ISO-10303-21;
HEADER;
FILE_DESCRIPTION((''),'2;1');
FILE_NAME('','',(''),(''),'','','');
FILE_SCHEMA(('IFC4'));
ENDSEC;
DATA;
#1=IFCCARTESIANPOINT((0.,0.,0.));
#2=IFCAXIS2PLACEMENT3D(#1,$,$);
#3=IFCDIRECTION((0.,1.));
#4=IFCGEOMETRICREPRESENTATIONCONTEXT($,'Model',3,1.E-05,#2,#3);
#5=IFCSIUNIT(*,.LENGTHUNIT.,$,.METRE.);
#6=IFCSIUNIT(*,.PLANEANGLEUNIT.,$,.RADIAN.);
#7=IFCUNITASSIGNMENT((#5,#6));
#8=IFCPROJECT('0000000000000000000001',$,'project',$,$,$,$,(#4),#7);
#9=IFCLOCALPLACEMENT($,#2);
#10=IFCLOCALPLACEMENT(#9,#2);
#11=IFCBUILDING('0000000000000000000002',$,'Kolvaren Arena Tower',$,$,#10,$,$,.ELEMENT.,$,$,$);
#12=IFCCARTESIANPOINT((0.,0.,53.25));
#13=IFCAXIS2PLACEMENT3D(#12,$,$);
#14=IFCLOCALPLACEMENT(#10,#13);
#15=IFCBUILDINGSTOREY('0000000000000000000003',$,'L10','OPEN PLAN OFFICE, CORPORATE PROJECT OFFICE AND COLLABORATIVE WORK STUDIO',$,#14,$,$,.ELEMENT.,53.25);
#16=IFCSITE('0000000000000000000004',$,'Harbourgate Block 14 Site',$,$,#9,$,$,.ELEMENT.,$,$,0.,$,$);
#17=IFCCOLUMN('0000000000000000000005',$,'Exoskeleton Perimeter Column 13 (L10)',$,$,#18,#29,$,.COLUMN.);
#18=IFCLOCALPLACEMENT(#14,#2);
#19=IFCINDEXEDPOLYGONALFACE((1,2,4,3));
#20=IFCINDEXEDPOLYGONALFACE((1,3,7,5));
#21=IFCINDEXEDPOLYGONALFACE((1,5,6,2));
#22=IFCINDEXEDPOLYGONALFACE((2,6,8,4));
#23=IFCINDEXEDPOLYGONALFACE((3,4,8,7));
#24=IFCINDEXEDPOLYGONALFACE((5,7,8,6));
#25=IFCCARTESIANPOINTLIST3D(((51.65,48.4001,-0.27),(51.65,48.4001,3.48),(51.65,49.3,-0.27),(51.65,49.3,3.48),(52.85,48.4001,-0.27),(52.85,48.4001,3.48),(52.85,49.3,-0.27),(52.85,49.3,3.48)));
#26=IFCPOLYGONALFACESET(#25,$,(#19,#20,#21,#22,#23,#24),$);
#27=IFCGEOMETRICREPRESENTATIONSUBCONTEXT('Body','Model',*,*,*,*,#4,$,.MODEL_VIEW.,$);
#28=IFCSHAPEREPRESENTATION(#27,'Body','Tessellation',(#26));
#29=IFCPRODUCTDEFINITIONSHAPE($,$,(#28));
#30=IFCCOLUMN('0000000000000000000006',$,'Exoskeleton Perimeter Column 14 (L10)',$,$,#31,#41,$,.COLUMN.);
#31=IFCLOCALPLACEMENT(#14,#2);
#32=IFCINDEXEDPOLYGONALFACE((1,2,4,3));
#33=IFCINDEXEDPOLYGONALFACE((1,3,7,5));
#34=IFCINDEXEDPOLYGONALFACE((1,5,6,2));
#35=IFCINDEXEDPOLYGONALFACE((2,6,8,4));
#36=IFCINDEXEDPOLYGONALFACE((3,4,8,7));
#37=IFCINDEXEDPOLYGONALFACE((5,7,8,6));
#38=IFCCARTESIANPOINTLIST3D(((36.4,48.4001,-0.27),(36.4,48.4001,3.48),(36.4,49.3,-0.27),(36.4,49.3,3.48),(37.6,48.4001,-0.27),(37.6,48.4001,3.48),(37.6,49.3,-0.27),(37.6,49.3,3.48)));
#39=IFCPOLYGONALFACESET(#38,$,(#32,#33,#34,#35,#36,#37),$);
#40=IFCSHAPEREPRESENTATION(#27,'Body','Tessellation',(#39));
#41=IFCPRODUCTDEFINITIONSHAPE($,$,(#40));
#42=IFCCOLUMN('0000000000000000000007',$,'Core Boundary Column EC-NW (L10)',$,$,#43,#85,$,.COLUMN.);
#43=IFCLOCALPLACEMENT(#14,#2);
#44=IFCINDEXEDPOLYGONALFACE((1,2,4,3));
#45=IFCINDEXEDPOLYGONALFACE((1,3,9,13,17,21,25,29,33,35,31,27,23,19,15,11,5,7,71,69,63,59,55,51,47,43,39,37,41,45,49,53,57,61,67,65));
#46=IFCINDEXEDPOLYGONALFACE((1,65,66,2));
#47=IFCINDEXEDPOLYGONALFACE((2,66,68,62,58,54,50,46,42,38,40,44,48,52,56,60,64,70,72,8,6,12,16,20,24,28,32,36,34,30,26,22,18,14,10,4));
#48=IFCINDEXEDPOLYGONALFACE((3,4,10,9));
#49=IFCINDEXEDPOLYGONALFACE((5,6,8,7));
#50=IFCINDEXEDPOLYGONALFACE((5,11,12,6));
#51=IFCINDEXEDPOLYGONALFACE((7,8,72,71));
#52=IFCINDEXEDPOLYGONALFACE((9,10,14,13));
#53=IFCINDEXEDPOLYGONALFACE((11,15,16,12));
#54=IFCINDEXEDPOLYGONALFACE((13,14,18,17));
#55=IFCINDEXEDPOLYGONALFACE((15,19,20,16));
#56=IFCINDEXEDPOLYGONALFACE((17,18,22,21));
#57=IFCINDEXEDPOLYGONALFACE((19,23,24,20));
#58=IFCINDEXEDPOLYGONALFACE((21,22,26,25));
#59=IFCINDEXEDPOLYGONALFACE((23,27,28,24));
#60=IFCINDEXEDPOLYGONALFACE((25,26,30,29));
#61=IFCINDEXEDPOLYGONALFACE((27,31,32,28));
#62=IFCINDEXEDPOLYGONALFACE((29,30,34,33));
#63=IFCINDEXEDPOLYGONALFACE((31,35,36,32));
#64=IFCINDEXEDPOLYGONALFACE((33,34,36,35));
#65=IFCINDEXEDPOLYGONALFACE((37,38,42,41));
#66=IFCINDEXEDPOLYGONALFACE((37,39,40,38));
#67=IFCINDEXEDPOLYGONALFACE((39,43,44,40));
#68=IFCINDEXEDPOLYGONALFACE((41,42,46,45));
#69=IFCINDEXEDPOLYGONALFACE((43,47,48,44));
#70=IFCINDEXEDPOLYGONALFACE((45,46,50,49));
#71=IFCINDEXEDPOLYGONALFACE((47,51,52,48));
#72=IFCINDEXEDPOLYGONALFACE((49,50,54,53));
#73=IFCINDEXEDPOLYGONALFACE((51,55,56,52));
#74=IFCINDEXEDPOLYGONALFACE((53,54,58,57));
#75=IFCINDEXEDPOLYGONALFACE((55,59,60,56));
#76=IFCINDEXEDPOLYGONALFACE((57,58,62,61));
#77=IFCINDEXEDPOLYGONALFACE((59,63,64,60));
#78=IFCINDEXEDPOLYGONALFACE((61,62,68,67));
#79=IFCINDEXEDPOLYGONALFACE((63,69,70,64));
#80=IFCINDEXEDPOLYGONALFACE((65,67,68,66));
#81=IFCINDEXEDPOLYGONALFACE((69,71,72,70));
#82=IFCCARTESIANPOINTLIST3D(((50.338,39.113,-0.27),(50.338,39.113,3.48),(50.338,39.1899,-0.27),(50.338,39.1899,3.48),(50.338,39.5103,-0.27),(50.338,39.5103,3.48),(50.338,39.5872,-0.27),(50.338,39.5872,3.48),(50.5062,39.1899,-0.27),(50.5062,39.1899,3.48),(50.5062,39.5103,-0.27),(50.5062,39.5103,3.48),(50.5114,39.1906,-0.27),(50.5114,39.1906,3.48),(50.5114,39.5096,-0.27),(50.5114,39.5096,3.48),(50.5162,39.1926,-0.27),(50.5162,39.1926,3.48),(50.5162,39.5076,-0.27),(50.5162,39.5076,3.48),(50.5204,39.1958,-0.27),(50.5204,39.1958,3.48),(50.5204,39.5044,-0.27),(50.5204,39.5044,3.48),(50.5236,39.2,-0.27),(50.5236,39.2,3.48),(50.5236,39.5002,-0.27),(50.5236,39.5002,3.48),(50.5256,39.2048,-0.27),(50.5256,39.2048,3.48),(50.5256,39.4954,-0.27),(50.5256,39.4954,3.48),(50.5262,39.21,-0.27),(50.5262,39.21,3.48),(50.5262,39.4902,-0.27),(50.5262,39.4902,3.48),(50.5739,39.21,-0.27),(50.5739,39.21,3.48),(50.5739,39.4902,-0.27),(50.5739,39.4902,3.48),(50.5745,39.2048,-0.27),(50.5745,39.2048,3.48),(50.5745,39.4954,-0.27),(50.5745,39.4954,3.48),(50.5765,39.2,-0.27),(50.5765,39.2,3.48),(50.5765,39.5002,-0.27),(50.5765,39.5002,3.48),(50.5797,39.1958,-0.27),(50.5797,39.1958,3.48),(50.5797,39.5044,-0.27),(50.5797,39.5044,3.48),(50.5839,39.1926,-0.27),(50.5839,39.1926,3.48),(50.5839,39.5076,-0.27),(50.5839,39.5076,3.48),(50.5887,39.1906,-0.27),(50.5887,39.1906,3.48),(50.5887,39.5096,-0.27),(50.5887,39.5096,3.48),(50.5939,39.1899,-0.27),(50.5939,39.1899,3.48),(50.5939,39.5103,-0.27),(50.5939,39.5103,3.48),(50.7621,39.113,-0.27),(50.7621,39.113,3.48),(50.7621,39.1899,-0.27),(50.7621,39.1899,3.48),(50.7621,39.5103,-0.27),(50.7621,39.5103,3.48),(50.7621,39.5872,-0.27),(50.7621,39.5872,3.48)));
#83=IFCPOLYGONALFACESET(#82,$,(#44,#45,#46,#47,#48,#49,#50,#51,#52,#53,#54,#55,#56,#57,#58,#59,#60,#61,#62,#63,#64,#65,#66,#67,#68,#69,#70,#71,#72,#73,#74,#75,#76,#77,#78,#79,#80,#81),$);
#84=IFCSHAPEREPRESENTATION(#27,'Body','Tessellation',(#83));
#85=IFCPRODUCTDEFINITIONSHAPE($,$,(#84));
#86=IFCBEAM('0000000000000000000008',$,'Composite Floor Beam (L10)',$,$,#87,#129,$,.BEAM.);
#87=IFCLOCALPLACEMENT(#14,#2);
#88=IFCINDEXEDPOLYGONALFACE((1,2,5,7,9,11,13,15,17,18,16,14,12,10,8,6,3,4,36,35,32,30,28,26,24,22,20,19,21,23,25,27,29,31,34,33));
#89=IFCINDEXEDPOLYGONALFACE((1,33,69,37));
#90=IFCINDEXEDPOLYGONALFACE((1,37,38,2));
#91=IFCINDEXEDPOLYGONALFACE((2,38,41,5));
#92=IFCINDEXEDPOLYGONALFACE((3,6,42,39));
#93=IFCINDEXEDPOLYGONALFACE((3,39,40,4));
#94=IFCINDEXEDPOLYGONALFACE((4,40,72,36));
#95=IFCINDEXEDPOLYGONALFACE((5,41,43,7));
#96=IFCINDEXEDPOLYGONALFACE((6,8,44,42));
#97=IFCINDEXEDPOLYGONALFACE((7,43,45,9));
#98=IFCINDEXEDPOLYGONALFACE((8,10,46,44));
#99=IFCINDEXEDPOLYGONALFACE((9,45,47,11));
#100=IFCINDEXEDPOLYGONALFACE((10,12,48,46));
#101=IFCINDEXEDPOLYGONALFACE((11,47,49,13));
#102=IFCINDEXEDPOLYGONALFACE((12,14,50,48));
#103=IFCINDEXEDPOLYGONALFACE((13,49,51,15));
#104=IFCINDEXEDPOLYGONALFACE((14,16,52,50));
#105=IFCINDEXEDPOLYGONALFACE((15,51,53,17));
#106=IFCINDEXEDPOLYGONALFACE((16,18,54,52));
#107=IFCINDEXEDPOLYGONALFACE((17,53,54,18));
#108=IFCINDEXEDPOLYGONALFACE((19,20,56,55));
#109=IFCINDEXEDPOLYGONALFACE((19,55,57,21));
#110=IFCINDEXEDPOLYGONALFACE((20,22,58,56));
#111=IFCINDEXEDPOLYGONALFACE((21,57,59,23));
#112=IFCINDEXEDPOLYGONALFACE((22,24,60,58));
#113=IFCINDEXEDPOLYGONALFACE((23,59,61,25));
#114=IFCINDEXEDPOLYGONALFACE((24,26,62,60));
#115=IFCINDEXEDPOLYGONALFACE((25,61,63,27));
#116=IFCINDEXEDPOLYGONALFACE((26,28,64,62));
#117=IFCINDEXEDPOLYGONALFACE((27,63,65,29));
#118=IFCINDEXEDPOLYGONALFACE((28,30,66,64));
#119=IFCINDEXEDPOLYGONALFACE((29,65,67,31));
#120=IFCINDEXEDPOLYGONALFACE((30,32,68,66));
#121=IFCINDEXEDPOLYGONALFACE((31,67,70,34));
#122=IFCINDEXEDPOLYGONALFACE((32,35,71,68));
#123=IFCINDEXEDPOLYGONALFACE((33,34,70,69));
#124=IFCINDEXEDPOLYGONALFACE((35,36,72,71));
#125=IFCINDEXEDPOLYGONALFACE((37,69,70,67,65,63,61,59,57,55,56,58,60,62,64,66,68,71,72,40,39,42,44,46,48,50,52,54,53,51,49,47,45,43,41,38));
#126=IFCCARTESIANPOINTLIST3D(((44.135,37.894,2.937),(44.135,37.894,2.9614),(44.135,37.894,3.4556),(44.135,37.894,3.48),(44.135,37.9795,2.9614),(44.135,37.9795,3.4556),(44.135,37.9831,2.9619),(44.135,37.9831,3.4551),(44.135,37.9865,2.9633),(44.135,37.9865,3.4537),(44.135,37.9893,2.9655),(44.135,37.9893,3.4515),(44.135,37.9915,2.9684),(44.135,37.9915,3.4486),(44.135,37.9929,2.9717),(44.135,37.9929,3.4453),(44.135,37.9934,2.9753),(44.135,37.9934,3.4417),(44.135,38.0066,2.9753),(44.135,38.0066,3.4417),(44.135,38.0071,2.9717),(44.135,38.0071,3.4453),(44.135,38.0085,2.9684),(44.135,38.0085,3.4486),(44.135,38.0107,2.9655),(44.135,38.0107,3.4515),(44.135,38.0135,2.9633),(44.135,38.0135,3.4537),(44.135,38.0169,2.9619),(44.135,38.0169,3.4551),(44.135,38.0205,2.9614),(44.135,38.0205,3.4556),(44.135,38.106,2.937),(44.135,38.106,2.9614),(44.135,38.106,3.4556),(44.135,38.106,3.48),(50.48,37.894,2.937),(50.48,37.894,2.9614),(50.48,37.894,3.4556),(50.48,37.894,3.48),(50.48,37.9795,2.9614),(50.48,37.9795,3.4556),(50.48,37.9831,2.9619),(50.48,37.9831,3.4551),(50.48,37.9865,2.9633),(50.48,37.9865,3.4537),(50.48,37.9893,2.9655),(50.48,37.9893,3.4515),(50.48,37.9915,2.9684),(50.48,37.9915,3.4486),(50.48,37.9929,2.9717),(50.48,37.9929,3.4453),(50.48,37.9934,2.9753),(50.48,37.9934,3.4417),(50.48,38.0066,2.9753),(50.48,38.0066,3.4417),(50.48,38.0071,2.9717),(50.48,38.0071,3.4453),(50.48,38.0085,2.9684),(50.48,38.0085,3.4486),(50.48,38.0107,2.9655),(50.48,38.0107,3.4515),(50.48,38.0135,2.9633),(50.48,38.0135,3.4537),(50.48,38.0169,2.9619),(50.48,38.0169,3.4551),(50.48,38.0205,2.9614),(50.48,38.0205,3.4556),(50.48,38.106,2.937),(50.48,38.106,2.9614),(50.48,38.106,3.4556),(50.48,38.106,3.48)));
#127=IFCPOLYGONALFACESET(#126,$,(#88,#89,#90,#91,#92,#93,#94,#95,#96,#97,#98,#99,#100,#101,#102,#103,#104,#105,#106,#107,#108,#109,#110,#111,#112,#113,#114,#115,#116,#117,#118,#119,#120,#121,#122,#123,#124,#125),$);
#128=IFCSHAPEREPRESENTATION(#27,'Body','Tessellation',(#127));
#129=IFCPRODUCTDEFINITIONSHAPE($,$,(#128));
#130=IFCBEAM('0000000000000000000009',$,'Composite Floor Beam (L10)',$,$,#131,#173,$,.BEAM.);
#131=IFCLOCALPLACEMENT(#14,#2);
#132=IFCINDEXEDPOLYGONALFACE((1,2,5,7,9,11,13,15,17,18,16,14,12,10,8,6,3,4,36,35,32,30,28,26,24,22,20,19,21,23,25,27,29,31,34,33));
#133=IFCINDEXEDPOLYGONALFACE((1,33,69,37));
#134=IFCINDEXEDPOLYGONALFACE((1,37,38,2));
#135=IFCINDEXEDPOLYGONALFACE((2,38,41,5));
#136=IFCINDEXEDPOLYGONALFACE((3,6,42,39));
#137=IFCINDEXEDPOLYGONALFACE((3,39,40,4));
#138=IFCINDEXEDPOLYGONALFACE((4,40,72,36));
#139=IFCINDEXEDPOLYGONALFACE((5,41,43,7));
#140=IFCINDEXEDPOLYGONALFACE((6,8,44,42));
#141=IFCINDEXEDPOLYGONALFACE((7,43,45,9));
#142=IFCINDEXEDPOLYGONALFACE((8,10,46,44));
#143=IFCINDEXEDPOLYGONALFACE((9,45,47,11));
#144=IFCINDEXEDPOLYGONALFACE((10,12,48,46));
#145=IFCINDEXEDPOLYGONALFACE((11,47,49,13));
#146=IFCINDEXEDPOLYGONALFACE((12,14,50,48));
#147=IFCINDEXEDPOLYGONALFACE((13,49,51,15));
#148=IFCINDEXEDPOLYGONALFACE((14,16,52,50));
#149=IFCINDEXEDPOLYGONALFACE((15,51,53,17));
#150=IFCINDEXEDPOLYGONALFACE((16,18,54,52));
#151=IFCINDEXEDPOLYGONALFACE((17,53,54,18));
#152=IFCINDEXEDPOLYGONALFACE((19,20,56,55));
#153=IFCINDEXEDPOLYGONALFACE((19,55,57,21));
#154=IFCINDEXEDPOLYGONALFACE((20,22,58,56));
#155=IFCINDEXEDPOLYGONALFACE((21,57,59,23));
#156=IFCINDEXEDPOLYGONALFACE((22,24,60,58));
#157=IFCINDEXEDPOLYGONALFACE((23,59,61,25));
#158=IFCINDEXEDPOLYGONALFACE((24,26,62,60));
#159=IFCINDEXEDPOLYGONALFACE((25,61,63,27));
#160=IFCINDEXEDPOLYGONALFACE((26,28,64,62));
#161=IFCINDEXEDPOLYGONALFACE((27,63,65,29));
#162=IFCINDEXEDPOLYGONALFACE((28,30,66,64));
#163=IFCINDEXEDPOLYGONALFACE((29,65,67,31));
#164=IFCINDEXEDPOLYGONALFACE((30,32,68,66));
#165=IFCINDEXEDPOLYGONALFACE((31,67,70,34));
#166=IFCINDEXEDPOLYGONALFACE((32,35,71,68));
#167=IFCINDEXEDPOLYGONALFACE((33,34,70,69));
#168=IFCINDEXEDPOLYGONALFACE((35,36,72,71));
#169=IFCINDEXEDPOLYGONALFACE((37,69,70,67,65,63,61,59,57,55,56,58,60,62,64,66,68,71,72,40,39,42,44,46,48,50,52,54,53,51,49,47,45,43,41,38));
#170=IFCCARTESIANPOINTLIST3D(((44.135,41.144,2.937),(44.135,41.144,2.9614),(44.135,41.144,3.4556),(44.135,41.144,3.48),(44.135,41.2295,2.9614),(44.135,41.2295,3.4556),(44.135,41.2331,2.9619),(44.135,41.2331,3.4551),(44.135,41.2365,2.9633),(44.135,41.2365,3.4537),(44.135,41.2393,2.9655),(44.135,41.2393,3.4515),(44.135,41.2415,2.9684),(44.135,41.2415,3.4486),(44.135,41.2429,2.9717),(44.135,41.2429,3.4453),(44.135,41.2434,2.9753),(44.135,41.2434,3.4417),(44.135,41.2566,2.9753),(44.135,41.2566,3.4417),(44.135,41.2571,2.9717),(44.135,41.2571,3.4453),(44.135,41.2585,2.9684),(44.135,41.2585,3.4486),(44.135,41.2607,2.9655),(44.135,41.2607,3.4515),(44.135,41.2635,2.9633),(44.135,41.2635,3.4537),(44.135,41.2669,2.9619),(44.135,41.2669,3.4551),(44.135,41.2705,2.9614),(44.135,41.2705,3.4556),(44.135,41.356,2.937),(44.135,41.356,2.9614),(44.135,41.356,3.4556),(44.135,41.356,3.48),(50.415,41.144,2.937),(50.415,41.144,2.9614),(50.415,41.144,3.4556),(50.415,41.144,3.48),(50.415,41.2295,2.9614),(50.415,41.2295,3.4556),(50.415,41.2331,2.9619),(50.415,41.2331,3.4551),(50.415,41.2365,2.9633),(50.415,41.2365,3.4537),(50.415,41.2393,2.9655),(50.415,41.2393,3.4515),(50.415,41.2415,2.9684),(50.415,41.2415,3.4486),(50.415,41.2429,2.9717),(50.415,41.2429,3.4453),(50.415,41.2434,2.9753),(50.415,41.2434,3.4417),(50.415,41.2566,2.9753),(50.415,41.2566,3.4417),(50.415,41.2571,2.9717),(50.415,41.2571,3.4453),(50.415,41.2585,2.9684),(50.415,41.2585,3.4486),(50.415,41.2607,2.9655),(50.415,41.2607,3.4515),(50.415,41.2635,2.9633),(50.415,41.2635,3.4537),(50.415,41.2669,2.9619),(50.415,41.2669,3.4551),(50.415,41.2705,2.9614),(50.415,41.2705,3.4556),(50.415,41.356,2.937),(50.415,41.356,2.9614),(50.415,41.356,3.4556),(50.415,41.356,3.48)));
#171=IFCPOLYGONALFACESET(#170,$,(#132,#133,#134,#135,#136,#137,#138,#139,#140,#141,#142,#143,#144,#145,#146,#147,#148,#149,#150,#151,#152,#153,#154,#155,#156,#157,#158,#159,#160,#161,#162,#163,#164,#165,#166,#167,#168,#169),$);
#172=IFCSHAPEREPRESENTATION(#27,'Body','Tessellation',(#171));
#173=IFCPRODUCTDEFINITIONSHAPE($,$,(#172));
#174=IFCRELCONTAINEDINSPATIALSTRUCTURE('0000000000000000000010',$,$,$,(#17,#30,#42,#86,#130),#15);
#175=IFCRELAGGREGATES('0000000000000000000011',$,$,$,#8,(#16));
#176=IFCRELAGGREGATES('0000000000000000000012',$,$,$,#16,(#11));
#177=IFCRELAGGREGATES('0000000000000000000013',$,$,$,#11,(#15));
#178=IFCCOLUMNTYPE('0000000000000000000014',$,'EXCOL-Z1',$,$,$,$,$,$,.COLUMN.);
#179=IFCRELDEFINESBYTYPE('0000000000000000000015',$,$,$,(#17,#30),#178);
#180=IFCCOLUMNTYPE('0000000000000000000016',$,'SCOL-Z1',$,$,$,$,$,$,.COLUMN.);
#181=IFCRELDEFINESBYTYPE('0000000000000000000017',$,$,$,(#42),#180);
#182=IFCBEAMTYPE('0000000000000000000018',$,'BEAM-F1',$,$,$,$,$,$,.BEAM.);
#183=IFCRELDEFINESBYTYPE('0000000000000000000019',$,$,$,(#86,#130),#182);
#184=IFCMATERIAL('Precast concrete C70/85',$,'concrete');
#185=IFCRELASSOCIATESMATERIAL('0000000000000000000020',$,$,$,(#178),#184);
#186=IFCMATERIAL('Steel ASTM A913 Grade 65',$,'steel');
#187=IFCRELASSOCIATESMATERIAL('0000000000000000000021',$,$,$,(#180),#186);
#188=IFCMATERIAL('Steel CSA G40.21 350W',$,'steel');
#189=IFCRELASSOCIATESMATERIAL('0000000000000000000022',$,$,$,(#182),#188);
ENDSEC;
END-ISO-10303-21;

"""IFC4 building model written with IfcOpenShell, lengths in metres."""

from ifc_helpers import new_model, si_unit, direction, frame, origin, origin_2d, place, context, subcontext, project, spatial, rectangle, i_section, extrude, material, material_profile, profile_set, type_object, element, save


model = new_model("IFC4")

# Units and contexts
model_context = context("Model", 3, precision=1e-05, world=origin(), true_north=direction((0.0, 1.0)))
body_context = subcontext(model_context, "Body", "Model", "MODEL_VIEW")
ifc_project = project(units=[si_unit("LENGTHUNIT", "METRE"), si_unit("PLANEANGLEUNIT", "RADIAN")], contexts=[model_context])

# Site, building, storey
site_placement = place(None, origin())
site = spatial("IfcSite", under=ifc_project, at=site_placement, Name="Harbourgate Block 14 Site", CompositionType="ELEMENT", RefElevation=0.0)
building_placement = place(site_placement, origin())
building = spatial("IfcBuilding", under=site, at=building_placement, Name="Kolvaren Arena Tower", CompositionType="ELEMENT")
storey_placement = place(building_placement, frame((0.0, 0.0, 53.25)))
storey = spatial("IfcBuildingStorey", under=building, at=storey_placement, Name="L10", Description="OPEN PLAN OFFICE, CORPORATE PROJECT OFFICE AND COLLABORATIVE WORK STUDIO", CompositionType="ELEMENT", Elevation=53.25)

# Columns
ifc_material_1 = material(Name="Precast concrete C70/85", Category="concrete")
ifc_material_profile_1 = material_profile(ifc_material_1, rectangle(XDim=1.2, YDim=0.8999, at=origin_2d()), Name="RC-1200x900")
ifc_profile_set_1 = profile_set([ifc_material_profile_1], Name="Precast concrete C70/85")
column_type_1 = type_object("IfcColumnType", Name="EXCOL-Z1", PredefinedType="COLUMN", material=ifc_profile_set_1)
for number, where, z_axis, x_axis, name in (
    (1, (52.25, 48.8501, -0.27), (0.0, 0.0, 1.0), (1.0, 0.0, 0.0), "Exoskeleton Perimeter Column 13 (L10)"),
    (2, (37.0, 48.8501, -0.27), (0.0, 0.0, 1.0), (1.0, 0.0, 0.0), "Exoskeleton Perimeter Column 14 (L10)"),
):
    element("IfcColumn", number, at=place(storey_placement, frame(where, z_axis=z_axis, x_axis=x_axis)), inside=storey, type_object=column_type_1, Name=name, PredefinedType="COLUMN", context=body_context, shape_type="SweptSolid", body=[
        extrude(rectangle(XDim=1.2, YDim=0.8999, at=origin_2d()), origin(), (0.0, 0.0, 1.0), 3.75),
    ])
ifc_material_2 = material(Name="Steel ASTM A913 Grade 65", Category="steel")
ifc_material_profile_2 = material_profile(ifc_material_2, i_section(OverallWidth=0.4241, OverallDepth=0.4741, WebThickness=0.0476, FlangeThickness=0.0769, FilletRadius=0.02, at=origin_2d()), Name="W360x634")
ifc_profile_set_2 = profile_set([ifc_material_profile_2], Name="Steel ASTM A913 Grade 65")
column_type_2 = type_object("IfcColumnType", Name="SCOL-Z1", PredefinedType="COLUMN", material=ifc_profile_set_2)
column_placement = place(storey_placement, frame((50.55, 39.3501, -0.27), z_axis=(0.0, 0.0, 1.0), x_axis=(1.0, 0.0, 0.0)))
element("IfcColumn", 3, at=column_placement, inside=storey, type_object=column_type_2, Name="Core Boundary Column EC-NW (L10)", PredefinedType="COLUMN", context=body_context, shape_type="SweptSolid", body=[
    extrude(i_section(OverallWidth=0.4241, OverallDepth=0.4741, WebThickness=0.0476, FlangeThickness=0.0769, FilletRadius=0.02, at=origin_2d()), origin(), (0.0, 0.0, 1.0), 3.75),
])

# Beams
ifc_material_3 = material(Name="Steel CSA G40.21 350W", Category="steel")
ifc_material_profile_3 = material_profile(ifc_material_3, i_section(OverallWidth=0.2119, OverallDepth=0.543, WebThickness=0.0132, FlangeThickness=0.0244, FilletRadius=0.0139, at=origin_2d()), Name="W530x150")
ifc_profile_set_3 = profile_set([ifc_material_profile_3], Name="Steel CSA G40.21 350W")
beam_type_1 = type_object("IfcBeamType", Name="BEAM-F1", PredefinedType="BEAM", material=ifc_profile_set_3)
beam_1_placement = place(storey_placement, frame((44.135, 38.0, 3.2085), z_axis=(1.0, 0.0, 0.0), x_axis=(0.0, 1.0, 0.0)))
element("IfcBeam", 4, at=beam_1_placement, inside=storey, type_object=beam_type_1, Name="Composite Floor Beam (L10)", PredefinedType="BEAM", context=body_context, shape_type="SweptSolid", body=[
    extrude(i_section(OverallWidth=0.2119, OverallDepth=0.543, WebThickness=0.0132, FlangeThickness=0.0244, FilletRadius=0.0139, at=origin_2d()), origin(), (0.0, 0.0, 1.0), 6.345),
])
beam_2_placement = place(storey_placement, frame((44.135, 41.25, 3.2085), z_axis=(1.0, 0.0, 0.0), x_axis=(0.0, 1.0, 0.0)))
element("IfcBeam", 5, at=beam_2_placement, inside=storey, type_object=beam_type_1, Name="Composite Floor Beam (L10)", PredefinedType="BEAM", context=body_context, shape_type="SweptSolid", body=[
    extrude(i_section(OverallWidth=0.2119, OverallDepth=0.543, WebThickness=0.0132, FlangeThickness=0.0244, FilletRadius=0.0139, at=origin_2d()), origin(), (0.0, 0.0, 1.0), 6.28),
])

save(model, "model.ifc")
